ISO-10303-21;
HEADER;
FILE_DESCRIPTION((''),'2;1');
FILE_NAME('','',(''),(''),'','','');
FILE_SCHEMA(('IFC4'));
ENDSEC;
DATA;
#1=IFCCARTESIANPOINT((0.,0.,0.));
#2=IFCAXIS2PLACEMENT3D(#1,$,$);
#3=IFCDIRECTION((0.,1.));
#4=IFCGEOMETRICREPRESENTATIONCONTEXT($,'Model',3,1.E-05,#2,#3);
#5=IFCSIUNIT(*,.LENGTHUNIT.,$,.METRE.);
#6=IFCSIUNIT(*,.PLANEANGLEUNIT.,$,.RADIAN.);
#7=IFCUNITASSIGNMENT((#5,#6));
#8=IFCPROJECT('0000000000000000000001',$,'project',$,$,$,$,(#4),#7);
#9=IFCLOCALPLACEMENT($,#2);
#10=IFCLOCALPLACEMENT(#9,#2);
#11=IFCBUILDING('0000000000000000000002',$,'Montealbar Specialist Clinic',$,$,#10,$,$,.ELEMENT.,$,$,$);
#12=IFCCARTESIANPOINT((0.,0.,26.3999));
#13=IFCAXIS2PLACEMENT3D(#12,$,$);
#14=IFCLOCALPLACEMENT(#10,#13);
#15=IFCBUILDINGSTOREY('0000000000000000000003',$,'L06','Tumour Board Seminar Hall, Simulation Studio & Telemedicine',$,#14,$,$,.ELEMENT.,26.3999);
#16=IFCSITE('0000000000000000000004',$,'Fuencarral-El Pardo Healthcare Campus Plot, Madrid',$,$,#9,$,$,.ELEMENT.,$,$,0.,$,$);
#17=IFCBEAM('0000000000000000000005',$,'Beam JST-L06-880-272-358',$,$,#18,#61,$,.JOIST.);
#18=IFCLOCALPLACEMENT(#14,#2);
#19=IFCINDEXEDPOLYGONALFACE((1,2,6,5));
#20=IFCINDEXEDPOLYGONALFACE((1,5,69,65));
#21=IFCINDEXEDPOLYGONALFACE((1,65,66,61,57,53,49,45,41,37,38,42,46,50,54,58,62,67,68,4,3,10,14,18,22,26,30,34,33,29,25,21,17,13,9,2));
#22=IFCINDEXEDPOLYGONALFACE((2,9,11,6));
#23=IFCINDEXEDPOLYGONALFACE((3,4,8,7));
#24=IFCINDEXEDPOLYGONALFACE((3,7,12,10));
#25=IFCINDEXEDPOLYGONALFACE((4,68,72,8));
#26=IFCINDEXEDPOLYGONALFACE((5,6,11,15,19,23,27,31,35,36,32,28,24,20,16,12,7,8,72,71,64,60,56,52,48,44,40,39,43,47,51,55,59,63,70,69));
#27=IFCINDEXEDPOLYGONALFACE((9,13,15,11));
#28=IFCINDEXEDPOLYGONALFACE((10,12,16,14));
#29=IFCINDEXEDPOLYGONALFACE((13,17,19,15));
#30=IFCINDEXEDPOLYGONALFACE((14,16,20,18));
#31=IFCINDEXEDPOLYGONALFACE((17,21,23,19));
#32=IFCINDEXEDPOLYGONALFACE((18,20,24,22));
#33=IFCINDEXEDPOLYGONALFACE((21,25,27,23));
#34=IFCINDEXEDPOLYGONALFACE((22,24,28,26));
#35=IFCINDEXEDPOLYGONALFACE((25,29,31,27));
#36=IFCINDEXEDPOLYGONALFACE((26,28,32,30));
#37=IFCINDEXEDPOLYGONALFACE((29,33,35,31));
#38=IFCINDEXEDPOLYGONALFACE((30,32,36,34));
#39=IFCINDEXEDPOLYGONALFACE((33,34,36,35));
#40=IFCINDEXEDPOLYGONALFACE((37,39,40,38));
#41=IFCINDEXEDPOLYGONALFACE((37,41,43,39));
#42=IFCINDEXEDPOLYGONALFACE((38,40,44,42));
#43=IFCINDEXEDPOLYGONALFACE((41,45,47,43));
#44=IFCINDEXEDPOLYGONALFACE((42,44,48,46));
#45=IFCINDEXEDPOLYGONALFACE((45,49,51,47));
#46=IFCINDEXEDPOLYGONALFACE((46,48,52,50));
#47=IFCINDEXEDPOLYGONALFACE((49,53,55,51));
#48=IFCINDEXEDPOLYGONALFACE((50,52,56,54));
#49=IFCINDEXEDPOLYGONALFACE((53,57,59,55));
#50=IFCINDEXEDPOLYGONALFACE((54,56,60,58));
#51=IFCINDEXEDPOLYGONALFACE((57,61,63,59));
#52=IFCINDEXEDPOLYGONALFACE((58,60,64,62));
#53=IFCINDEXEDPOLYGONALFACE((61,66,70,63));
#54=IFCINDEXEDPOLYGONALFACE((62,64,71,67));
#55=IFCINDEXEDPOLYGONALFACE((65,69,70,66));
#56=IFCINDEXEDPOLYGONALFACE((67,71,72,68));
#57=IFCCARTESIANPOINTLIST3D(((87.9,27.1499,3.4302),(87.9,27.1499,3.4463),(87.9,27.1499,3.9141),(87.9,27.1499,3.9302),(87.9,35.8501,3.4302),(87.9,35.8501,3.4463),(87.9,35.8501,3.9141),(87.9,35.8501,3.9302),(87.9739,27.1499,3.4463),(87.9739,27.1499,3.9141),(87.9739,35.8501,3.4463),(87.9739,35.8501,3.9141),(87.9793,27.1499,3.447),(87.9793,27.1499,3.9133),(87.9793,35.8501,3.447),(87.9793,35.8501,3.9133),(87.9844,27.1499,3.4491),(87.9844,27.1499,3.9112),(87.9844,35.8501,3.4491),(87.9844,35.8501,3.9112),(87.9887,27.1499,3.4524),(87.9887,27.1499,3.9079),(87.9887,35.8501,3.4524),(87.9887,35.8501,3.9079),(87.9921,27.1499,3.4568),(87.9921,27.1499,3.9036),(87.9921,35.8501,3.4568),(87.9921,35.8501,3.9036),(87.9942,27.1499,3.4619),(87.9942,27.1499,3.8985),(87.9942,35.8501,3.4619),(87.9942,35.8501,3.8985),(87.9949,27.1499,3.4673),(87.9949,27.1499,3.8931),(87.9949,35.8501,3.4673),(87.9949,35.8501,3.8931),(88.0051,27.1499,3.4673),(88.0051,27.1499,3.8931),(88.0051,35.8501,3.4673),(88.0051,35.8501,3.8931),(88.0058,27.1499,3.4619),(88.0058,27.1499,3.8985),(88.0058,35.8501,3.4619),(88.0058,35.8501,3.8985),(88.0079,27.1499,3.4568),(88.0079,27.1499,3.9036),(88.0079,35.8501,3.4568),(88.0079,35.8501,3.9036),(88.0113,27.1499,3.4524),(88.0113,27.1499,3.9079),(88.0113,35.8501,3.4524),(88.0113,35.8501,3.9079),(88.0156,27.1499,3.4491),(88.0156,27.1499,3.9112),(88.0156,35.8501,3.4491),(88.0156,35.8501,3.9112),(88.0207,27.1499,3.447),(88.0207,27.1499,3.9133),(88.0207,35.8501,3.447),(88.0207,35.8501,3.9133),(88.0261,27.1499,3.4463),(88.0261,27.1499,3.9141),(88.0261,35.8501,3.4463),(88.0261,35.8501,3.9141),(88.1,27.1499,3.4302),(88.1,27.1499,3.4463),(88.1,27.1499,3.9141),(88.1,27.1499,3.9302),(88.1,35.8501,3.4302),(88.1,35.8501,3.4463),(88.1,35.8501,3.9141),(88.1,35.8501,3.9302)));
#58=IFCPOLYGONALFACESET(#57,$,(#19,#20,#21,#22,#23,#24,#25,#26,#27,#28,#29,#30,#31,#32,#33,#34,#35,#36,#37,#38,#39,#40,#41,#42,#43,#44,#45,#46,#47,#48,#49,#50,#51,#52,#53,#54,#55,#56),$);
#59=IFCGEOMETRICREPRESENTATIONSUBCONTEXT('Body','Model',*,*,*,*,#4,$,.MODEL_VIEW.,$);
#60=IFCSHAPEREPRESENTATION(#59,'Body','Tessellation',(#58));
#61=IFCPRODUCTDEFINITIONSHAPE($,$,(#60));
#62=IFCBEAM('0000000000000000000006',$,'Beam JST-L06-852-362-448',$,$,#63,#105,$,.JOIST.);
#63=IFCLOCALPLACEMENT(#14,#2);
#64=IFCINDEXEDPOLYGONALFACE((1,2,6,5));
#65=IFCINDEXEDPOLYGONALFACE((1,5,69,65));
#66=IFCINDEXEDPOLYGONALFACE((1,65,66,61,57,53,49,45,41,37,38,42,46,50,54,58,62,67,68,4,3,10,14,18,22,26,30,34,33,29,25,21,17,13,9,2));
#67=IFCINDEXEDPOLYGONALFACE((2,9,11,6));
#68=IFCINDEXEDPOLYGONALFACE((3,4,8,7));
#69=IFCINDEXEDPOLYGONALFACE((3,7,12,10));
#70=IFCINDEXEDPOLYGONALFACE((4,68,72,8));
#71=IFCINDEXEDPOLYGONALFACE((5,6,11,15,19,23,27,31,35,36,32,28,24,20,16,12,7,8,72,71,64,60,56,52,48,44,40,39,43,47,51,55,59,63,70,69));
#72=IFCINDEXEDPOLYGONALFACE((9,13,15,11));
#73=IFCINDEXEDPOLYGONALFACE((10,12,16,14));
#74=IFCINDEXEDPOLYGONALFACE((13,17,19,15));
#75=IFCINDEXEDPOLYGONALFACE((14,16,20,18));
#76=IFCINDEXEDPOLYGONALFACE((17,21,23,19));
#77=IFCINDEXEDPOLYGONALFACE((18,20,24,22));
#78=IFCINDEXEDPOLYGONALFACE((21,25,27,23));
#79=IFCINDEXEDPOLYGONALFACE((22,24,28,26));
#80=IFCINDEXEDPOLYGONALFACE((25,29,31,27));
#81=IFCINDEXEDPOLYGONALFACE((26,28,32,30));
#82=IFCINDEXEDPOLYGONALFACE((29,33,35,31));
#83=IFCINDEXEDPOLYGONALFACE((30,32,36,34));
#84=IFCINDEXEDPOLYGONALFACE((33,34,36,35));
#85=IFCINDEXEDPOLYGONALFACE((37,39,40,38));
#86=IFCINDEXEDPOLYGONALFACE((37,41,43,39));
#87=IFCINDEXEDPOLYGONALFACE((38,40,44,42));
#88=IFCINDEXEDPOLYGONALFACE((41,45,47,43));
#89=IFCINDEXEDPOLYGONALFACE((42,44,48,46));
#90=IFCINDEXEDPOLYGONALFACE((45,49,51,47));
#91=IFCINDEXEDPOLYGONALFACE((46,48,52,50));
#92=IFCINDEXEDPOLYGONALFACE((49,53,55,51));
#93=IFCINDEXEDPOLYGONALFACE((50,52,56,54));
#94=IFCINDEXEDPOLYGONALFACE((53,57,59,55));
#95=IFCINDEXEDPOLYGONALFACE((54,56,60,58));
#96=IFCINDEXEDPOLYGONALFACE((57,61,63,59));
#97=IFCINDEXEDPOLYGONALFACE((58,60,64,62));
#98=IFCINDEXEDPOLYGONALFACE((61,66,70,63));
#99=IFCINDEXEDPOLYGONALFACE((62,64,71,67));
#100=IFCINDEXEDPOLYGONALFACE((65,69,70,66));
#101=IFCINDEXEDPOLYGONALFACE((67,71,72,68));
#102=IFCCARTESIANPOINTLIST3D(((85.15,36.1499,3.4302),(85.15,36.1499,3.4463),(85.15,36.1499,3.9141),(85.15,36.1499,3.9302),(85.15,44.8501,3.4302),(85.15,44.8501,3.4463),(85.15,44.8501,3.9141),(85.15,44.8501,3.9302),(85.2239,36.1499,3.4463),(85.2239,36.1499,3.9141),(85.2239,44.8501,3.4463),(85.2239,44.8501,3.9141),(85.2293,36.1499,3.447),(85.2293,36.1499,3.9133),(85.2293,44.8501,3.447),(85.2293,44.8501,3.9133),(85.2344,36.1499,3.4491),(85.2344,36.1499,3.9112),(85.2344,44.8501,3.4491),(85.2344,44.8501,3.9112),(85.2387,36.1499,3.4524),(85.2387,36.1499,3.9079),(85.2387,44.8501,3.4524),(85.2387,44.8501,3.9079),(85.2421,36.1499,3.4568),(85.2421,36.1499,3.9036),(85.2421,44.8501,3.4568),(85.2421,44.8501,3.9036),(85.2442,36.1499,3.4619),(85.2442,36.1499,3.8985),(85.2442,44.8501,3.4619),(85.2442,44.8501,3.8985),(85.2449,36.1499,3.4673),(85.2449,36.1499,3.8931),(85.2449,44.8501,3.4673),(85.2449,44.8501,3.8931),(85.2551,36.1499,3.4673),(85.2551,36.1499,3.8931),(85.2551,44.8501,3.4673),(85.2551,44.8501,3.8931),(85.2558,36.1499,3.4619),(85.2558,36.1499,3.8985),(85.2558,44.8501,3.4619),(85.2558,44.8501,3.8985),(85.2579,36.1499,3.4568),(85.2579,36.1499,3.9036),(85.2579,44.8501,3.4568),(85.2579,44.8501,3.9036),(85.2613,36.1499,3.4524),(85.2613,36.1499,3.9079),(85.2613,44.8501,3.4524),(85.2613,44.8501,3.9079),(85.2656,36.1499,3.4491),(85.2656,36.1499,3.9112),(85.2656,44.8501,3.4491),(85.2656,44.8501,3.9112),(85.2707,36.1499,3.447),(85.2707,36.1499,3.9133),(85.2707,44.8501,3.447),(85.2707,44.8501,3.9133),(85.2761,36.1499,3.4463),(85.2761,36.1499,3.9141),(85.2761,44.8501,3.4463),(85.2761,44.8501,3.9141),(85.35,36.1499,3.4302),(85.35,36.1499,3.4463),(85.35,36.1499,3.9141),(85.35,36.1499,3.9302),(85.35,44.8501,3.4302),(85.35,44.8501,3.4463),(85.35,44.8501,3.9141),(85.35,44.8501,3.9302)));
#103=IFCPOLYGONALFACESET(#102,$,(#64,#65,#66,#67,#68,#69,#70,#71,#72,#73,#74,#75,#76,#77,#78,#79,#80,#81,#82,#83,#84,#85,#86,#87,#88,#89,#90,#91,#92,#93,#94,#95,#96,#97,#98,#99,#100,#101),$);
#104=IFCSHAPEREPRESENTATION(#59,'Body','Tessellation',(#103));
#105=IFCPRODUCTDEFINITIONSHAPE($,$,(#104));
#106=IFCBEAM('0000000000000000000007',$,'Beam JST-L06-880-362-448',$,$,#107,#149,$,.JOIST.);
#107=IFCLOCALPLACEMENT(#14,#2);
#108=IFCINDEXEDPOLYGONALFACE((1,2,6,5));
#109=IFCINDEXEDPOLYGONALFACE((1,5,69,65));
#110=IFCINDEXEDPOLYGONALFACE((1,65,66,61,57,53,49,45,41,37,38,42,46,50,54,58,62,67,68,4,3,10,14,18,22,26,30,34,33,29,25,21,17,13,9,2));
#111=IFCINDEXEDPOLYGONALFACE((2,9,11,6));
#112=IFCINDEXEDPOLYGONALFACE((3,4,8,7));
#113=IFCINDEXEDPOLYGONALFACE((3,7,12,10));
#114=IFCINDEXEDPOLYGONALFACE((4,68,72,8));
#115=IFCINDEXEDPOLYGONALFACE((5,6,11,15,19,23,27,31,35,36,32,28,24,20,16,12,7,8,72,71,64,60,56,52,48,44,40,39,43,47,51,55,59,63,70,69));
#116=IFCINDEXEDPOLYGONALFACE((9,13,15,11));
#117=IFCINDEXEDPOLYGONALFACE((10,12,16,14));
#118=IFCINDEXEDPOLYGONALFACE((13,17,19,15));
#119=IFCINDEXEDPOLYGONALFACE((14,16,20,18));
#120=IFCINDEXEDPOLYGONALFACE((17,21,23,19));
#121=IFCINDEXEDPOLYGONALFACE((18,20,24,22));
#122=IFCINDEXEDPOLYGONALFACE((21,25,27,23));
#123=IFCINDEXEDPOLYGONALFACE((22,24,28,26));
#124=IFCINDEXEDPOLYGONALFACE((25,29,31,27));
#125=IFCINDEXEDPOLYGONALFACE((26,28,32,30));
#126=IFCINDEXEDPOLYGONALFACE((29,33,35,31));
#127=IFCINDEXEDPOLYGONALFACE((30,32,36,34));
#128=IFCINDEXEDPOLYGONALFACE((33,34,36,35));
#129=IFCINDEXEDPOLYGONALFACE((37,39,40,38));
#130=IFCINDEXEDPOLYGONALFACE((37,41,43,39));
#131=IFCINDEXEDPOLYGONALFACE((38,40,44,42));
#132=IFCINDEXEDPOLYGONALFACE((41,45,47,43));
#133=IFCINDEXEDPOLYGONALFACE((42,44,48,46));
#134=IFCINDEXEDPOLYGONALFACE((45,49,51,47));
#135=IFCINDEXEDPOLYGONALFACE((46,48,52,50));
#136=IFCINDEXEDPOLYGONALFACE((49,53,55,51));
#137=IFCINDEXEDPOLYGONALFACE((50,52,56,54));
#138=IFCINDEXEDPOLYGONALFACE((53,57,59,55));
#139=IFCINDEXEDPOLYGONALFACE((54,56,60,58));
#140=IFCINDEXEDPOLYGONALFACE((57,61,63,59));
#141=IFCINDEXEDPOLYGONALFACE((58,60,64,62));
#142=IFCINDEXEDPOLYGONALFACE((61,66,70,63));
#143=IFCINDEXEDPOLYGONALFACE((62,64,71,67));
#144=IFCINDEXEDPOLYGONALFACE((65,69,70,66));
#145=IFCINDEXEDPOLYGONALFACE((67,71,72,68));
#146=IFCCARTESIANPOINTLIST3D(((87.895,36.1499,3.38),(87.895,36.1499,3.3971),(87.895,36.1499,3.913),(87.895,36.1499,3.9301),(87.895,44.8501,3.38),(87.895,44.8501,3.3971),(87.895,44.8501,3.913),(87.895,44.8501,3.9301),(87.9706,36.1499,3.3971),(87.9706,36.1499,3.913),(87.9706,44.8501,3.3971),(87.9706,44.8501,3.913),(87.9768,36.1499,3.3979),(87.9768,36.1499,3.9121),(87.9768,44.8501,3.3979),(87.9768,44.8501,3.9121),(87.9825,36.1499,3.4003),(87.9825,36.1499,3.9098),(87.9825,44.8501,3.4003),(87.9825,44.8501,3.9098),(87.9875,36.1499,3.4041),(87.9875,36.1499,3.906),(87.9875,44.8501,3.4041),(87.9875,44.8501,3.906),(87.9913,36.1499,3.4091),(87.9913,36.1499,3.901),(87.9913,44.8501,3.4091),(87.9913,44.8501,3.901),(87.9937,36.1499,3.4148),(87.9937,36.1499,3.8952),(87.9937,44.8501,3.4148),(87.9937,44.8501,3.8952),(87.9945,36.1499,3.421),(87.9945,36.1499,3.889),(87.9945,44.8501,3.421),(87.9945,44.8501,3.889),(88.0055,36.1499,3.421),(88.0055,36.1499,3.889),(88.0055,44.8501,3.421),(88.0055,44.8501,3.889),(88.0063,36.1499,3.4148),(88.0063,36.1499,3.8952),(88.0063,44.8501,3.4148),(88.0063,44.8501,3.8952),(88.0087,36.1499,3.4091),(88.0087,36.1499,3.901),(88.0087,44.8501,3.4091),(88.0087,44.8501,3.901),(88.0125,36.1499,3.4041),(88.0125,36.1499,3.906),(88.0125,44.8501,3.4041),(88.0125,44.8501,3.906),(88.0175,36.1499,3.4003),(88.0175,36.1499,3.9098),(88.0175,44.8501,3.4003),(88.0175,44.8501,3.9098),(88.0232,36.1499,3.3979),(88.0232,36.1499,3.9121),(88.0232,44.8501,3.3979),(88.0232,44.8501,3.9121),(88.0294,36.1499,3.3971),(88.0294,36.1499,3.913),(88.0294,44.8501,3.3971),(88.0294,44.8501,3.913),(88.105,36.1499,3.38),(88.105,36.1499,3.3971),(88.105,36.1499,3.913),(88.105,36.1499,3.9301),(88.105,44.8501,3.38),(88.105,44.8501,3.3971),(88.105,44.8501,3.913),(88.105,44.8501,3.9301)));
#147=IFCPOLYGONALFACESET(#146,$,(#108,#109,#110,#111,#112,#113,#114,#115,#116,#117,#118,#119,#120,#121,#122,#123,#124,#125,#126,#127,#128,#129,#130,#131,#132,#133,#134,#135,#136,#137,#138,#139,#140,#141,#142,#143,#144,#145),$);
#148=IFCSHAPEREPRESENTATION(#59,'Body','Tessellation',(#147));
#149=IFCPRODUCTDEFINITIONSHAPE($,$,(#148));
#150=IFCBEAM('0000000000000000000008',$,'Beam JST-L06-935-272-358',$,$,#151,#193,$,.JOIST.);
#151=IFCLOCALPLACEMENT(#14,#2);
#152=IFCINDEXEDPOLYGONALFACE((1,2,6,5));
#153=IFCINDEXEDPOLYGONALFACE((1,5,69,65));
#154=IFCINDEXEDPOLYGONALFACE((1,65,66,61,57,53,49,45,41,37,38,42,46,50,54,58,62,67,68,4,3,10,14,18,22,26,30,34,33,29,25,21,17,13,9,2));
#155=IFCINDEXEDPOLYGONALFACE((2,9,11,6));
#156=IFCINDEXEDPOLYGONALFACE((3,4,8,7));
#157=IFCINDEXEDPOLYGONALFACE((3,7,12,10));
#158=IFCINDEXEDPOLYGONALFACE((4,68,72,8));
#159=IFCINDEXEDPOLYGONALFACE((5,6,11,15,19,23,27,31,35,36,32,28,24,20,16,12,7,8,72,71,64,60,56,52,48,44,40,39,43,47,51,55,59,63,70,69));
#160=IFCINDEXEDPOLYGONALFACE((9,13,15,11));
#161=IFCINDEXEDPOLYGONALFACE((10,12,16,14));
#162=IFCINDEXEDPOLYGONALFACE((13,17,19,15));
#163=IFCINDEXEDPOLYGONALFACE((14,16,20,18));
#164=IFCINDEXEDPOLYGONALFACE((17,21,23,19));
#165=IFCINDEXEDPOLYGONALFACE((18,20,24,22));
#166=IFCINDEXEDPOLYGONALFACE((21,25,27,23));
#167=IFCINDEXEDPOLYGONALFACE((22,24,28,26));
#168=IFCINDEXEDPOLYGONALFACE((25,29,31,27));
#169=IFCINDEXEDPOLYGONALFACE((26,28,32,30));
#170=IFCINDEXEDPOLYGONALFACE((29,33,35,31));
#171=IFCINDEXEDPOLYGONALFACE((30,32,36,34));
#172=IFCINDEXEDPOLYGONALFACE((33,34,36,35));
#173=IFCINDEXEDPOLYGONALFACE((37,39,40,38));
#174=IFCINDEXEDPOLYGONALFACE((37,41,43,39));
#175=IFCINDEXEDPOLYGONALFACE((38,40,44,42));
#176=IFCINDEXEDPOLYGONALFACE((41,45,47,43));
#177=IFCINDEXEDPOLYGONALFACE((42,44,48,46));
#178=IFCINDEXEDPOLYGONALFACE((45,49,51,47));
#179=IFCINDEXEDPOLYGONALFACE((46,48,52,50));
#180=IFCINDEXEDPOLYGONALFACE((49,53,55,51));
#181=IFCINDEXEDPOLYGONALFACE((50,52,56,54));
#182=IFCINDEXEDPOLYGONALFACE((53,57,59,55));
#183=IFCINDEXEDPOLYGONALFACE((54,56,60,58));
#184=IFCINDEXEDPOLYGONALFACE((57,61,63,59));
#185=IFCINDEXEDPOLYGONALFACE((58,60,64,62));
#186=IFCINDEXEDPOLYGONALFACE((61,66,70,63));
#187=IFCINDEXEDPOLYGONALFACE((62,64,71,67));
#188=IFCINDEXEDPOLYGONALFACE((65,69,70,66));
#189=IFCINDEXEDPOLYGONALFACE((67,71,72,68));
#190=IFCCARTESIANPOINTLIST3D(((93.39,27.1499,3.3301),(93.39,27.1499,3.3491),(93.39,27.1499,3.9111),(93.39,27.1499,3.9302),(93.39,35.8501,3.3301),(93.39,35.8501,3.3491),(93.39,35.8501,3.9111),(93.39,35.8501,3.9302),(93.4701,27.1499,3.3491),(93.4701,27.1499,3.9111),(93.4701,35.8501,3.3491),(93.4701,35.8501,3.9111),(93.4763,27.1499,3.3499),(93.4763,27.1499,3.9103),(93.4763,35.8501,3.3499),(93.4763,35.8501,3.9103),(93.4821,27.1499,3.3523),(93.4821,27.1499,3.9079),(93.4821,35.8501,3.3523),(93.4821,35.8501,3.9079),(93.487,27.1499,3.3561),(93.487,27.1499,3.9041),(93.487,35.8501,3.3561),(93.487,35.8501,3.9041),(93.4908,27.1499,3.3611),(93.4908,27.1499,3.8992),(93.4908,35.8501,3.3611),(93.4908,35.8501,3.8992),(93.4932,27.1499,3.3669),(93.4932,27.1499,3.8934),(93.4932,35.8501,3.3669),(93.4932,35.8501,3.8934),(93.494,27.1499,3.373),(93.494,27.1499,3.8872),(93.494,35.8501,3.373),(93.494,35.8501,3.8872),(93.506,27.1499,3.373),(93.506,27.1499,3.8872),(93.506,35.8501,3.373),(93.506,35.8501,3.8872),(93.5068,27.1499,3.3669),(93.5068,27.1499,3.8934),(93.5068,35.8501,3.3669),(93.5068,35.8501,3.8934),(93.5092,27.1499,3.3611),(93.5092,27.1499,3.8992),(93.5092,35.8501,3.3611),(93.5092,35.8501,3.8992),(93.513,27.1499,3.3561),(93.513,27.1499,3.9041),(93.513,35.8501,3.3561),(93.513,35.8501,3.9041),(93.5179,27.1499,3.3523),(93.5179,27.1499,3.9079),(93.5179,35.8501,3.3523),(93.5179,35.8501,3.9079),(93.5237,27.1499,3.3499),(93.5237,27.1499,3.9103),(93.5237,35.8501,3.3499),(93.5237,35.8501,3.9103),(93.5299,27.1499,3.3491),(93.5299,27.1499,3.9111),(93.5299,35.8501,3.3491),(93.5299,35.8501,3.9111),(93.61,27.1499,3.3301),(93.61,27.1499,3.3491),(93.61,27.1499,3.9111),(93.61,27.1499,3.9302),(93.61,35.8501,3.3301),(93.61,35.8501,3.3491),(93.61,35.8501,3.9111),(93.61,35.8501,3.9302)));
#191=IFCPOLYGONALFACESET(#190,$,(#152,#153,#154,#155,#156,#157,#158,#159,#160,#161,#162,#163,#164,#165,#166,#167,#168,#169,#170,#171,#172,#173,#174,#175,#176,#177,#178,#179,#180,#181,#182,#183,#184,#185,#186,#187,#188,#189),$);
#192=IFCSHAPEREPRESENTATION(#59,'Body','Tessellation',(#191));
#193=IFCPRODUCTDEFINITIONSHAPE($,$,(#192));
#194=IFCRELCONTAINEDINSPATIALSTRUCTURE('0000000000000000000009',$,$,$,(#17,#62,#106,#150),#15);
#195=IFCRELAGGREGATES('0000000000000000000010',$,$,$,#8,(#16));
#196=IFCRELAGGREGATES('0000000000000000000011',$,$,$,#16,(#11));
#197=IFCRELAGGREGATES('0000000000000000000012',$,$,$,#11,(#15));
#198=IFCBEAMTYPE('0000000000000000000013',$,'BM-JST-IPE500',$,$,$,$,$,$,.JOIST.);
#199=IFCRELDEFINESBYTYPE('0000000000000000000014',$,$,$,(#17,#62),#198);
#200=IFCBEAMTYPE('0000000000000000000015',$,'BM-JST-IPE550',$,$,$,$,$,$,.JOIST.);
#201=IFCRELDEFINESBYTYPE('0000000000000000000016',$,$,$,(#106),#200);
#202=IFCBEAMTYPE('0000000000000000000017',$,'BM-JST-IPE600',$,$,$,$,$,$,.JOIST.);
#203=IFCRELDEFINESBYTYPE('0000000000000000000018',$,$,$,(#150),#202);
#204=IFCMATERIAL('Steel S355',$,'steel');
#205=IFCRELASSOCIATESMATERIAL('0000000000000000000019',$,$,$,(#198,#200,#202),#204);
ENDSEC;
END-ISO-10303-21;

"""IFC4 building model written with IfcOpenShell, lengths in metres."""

from ifc_helpers import new_model, si_unit, direction, frame, origin, origin_2d, place, context, subcontext, project, spatial, i_section, extrude, material, material_profile, profile_set, type_object, element, save


model = new_model("IFC4")

# Units and contexts
model_context = context("Model", 3, precision=1e-05, world=origin(), true_north=direction((0.0, 1.0)))
body_context = subcontext(model_context, "Body", "Model", "MODEL_VIEW")
ifc_project = project(units=[si_unit("LENGTHUNIT", "METRE"), si_unit("PLANEANGLEUNIT", "RADIAN")], contexts=[model_context])

# Site, building, storey
site_placement = place(None, origin())
site = spatial("IfcSite", under=ifc_project, at=site_placement, Name="Fuencarral-El Pardo Healthcare Campus Plot, Madrid", CompositionType="ELEMENT", RefElevation=0.0)
building_placement = place(site_placement, origin())
building = spatial("IfcBuilding", under=site, at=building_placement, Name="Montealbar Specialist Clinic", CompositionType="ELEMENT")
storey_placement = place(building_placement, frame((0.0, 0.0, 26.3999)))
storey = spatial("IfcBuildingStorey", under=building, at=storey_placement, Name="L06", Description="Tumour Board Seminar Hall, Simulation Studio & Telemedicine", CompositionType="ELEMENT", Elevation=26.3999)

# Shared definitions
ifc_material_1 = material(Name="Steel S355", Category="steel")

# Beams
ifc_material_profile_1 = material_profile(ifc_material_1, i_section(OverallWidth=0.2, OverallDepth=0.5, WebThickness=0.0103, FlangeThickness=0.0161, FilletRadius=0.021, at=origin_2d()), Name="IPE 500", Category="steel")
ifc_profile_set_1 = profile_set([ifc_material_profile_1], Name="Steel S355")
beam_type_1 = type_object("IfcBeamType", Name="BM-JST-IPE500", PredefinedType="JOIST", material=ifc_profile_set_1)
for number, where, z_axis, x_axis, name in (
    (1, (88.0, 27.1499, 3.6802), (0.0, 1.0, 0.0), (-1.0, 0.0, 0.0), "Beam JST-L06-880-272-358"),
    (2, (85.25, 36.1499, 3.6802), (0.0, 1.0, 0.0), (-1.0, 0.0, 0.0), "Beam JST-L06-852-362-448"),
):
    element("IfcBeam", number, at=place(storey_placement, frame(where, z_axis=z_axis, x_axis=x_axis)), inside=storey, type_object=beam_type_1, Name=name, PredefinedType="JOIST", context=body_context, shape_type="SweptSolid", body=[
        extrude(i_section(OverallWidth=0.2, OverallDepth=0.5, WebThickness=0.0103, FlangeThickness=0.0161, FilletRadius=0.021, at=origin_2d()), origin(), (0.0, 0.0, 1.0), 8.7002),
    ])
ifc_material_profile_2 = material_profile(ifc_material_1, i_section(OverallWidth=0.21, OverallDepth=0.55, WebThickness=0.011, FlangeThickness=0.0171, FilletRadius=0.0239, at=origin_2d()), Name="IPE 550", Category="steel")
ifc_profile_set_2 = profile_set([ifc_material_profile_2], Name="Steel S355")
beam_type_2 = type_object("IfcBeamType", Name="BM-JST-IPE550", PredefinedType="JOIST", material=ifc_profile_set_2)
beam_1_placement = place(storey_placement, frame((88.0, 36.1499, 3.655), z_axis=(0.0, 1.0, 0.0), x_axis=(-1.0, 0.0, 0.0)))
element("IfcBeam", 3, at=beam_1_placement, inside=storey, type_object=beam_type_2, Name="Beam JST-L06-880-362-448", PredefinedType="JOIST", context=body_context, shape_type="SweptSolid", body=[
    extrude(i_section(OverallWidth=0.21, OverallDepth=0.55, WebThickness=0.011, FlangeThickness=0.0171, FilletRadius=0.0239, at=origin_2d()), origin(), (0.0, 0.0, 1.0), 8.7002),
])
ifc_material_profile_3 = material_profile(ifc_material_1, i_section(OverallWidth=0.22, OverallDepth=0.6001, WebThickness=0.012, FlangeThickness=0.019, FilletRadius=0.0239, at=origin_2d()), Name="IPE 600", Category="steel")
ifc_profile_set_3 = profile_set([ifc_material_profile_3], Name="Steel S355")
beam_type_3 = type_object("IfcBeamType", Name="BM-JST-IPE600", PredefinedType="JOIST", material=ifc_profile_set_3)
beam_2_placement = place(storey_placement, frame((93.5, 27.1499, 3.6301), z_axis=(0.0, 1.0, 0.0), x_axis=(-1.0, 0.0, 0.0)))
element("IfcBeam", 4, at=beam_2_placement, inside=storey, type_object=beam_type_3, Name="Beam JST-L06-935-272-358", PredefinedType="JOIST", context=body_context, shape_type="SweptSolid", body=[
    extrude(i_section(OverallWidth=0.22, OverallDepth=0.6001, WebThickness=0.012, FlangeThickness=0.019, FilletRadius=0.0239, at=origin_2d()), origin(), (0.0, 0.0, 1.0), 8.7002),
])

save(model, "model.ifc")
